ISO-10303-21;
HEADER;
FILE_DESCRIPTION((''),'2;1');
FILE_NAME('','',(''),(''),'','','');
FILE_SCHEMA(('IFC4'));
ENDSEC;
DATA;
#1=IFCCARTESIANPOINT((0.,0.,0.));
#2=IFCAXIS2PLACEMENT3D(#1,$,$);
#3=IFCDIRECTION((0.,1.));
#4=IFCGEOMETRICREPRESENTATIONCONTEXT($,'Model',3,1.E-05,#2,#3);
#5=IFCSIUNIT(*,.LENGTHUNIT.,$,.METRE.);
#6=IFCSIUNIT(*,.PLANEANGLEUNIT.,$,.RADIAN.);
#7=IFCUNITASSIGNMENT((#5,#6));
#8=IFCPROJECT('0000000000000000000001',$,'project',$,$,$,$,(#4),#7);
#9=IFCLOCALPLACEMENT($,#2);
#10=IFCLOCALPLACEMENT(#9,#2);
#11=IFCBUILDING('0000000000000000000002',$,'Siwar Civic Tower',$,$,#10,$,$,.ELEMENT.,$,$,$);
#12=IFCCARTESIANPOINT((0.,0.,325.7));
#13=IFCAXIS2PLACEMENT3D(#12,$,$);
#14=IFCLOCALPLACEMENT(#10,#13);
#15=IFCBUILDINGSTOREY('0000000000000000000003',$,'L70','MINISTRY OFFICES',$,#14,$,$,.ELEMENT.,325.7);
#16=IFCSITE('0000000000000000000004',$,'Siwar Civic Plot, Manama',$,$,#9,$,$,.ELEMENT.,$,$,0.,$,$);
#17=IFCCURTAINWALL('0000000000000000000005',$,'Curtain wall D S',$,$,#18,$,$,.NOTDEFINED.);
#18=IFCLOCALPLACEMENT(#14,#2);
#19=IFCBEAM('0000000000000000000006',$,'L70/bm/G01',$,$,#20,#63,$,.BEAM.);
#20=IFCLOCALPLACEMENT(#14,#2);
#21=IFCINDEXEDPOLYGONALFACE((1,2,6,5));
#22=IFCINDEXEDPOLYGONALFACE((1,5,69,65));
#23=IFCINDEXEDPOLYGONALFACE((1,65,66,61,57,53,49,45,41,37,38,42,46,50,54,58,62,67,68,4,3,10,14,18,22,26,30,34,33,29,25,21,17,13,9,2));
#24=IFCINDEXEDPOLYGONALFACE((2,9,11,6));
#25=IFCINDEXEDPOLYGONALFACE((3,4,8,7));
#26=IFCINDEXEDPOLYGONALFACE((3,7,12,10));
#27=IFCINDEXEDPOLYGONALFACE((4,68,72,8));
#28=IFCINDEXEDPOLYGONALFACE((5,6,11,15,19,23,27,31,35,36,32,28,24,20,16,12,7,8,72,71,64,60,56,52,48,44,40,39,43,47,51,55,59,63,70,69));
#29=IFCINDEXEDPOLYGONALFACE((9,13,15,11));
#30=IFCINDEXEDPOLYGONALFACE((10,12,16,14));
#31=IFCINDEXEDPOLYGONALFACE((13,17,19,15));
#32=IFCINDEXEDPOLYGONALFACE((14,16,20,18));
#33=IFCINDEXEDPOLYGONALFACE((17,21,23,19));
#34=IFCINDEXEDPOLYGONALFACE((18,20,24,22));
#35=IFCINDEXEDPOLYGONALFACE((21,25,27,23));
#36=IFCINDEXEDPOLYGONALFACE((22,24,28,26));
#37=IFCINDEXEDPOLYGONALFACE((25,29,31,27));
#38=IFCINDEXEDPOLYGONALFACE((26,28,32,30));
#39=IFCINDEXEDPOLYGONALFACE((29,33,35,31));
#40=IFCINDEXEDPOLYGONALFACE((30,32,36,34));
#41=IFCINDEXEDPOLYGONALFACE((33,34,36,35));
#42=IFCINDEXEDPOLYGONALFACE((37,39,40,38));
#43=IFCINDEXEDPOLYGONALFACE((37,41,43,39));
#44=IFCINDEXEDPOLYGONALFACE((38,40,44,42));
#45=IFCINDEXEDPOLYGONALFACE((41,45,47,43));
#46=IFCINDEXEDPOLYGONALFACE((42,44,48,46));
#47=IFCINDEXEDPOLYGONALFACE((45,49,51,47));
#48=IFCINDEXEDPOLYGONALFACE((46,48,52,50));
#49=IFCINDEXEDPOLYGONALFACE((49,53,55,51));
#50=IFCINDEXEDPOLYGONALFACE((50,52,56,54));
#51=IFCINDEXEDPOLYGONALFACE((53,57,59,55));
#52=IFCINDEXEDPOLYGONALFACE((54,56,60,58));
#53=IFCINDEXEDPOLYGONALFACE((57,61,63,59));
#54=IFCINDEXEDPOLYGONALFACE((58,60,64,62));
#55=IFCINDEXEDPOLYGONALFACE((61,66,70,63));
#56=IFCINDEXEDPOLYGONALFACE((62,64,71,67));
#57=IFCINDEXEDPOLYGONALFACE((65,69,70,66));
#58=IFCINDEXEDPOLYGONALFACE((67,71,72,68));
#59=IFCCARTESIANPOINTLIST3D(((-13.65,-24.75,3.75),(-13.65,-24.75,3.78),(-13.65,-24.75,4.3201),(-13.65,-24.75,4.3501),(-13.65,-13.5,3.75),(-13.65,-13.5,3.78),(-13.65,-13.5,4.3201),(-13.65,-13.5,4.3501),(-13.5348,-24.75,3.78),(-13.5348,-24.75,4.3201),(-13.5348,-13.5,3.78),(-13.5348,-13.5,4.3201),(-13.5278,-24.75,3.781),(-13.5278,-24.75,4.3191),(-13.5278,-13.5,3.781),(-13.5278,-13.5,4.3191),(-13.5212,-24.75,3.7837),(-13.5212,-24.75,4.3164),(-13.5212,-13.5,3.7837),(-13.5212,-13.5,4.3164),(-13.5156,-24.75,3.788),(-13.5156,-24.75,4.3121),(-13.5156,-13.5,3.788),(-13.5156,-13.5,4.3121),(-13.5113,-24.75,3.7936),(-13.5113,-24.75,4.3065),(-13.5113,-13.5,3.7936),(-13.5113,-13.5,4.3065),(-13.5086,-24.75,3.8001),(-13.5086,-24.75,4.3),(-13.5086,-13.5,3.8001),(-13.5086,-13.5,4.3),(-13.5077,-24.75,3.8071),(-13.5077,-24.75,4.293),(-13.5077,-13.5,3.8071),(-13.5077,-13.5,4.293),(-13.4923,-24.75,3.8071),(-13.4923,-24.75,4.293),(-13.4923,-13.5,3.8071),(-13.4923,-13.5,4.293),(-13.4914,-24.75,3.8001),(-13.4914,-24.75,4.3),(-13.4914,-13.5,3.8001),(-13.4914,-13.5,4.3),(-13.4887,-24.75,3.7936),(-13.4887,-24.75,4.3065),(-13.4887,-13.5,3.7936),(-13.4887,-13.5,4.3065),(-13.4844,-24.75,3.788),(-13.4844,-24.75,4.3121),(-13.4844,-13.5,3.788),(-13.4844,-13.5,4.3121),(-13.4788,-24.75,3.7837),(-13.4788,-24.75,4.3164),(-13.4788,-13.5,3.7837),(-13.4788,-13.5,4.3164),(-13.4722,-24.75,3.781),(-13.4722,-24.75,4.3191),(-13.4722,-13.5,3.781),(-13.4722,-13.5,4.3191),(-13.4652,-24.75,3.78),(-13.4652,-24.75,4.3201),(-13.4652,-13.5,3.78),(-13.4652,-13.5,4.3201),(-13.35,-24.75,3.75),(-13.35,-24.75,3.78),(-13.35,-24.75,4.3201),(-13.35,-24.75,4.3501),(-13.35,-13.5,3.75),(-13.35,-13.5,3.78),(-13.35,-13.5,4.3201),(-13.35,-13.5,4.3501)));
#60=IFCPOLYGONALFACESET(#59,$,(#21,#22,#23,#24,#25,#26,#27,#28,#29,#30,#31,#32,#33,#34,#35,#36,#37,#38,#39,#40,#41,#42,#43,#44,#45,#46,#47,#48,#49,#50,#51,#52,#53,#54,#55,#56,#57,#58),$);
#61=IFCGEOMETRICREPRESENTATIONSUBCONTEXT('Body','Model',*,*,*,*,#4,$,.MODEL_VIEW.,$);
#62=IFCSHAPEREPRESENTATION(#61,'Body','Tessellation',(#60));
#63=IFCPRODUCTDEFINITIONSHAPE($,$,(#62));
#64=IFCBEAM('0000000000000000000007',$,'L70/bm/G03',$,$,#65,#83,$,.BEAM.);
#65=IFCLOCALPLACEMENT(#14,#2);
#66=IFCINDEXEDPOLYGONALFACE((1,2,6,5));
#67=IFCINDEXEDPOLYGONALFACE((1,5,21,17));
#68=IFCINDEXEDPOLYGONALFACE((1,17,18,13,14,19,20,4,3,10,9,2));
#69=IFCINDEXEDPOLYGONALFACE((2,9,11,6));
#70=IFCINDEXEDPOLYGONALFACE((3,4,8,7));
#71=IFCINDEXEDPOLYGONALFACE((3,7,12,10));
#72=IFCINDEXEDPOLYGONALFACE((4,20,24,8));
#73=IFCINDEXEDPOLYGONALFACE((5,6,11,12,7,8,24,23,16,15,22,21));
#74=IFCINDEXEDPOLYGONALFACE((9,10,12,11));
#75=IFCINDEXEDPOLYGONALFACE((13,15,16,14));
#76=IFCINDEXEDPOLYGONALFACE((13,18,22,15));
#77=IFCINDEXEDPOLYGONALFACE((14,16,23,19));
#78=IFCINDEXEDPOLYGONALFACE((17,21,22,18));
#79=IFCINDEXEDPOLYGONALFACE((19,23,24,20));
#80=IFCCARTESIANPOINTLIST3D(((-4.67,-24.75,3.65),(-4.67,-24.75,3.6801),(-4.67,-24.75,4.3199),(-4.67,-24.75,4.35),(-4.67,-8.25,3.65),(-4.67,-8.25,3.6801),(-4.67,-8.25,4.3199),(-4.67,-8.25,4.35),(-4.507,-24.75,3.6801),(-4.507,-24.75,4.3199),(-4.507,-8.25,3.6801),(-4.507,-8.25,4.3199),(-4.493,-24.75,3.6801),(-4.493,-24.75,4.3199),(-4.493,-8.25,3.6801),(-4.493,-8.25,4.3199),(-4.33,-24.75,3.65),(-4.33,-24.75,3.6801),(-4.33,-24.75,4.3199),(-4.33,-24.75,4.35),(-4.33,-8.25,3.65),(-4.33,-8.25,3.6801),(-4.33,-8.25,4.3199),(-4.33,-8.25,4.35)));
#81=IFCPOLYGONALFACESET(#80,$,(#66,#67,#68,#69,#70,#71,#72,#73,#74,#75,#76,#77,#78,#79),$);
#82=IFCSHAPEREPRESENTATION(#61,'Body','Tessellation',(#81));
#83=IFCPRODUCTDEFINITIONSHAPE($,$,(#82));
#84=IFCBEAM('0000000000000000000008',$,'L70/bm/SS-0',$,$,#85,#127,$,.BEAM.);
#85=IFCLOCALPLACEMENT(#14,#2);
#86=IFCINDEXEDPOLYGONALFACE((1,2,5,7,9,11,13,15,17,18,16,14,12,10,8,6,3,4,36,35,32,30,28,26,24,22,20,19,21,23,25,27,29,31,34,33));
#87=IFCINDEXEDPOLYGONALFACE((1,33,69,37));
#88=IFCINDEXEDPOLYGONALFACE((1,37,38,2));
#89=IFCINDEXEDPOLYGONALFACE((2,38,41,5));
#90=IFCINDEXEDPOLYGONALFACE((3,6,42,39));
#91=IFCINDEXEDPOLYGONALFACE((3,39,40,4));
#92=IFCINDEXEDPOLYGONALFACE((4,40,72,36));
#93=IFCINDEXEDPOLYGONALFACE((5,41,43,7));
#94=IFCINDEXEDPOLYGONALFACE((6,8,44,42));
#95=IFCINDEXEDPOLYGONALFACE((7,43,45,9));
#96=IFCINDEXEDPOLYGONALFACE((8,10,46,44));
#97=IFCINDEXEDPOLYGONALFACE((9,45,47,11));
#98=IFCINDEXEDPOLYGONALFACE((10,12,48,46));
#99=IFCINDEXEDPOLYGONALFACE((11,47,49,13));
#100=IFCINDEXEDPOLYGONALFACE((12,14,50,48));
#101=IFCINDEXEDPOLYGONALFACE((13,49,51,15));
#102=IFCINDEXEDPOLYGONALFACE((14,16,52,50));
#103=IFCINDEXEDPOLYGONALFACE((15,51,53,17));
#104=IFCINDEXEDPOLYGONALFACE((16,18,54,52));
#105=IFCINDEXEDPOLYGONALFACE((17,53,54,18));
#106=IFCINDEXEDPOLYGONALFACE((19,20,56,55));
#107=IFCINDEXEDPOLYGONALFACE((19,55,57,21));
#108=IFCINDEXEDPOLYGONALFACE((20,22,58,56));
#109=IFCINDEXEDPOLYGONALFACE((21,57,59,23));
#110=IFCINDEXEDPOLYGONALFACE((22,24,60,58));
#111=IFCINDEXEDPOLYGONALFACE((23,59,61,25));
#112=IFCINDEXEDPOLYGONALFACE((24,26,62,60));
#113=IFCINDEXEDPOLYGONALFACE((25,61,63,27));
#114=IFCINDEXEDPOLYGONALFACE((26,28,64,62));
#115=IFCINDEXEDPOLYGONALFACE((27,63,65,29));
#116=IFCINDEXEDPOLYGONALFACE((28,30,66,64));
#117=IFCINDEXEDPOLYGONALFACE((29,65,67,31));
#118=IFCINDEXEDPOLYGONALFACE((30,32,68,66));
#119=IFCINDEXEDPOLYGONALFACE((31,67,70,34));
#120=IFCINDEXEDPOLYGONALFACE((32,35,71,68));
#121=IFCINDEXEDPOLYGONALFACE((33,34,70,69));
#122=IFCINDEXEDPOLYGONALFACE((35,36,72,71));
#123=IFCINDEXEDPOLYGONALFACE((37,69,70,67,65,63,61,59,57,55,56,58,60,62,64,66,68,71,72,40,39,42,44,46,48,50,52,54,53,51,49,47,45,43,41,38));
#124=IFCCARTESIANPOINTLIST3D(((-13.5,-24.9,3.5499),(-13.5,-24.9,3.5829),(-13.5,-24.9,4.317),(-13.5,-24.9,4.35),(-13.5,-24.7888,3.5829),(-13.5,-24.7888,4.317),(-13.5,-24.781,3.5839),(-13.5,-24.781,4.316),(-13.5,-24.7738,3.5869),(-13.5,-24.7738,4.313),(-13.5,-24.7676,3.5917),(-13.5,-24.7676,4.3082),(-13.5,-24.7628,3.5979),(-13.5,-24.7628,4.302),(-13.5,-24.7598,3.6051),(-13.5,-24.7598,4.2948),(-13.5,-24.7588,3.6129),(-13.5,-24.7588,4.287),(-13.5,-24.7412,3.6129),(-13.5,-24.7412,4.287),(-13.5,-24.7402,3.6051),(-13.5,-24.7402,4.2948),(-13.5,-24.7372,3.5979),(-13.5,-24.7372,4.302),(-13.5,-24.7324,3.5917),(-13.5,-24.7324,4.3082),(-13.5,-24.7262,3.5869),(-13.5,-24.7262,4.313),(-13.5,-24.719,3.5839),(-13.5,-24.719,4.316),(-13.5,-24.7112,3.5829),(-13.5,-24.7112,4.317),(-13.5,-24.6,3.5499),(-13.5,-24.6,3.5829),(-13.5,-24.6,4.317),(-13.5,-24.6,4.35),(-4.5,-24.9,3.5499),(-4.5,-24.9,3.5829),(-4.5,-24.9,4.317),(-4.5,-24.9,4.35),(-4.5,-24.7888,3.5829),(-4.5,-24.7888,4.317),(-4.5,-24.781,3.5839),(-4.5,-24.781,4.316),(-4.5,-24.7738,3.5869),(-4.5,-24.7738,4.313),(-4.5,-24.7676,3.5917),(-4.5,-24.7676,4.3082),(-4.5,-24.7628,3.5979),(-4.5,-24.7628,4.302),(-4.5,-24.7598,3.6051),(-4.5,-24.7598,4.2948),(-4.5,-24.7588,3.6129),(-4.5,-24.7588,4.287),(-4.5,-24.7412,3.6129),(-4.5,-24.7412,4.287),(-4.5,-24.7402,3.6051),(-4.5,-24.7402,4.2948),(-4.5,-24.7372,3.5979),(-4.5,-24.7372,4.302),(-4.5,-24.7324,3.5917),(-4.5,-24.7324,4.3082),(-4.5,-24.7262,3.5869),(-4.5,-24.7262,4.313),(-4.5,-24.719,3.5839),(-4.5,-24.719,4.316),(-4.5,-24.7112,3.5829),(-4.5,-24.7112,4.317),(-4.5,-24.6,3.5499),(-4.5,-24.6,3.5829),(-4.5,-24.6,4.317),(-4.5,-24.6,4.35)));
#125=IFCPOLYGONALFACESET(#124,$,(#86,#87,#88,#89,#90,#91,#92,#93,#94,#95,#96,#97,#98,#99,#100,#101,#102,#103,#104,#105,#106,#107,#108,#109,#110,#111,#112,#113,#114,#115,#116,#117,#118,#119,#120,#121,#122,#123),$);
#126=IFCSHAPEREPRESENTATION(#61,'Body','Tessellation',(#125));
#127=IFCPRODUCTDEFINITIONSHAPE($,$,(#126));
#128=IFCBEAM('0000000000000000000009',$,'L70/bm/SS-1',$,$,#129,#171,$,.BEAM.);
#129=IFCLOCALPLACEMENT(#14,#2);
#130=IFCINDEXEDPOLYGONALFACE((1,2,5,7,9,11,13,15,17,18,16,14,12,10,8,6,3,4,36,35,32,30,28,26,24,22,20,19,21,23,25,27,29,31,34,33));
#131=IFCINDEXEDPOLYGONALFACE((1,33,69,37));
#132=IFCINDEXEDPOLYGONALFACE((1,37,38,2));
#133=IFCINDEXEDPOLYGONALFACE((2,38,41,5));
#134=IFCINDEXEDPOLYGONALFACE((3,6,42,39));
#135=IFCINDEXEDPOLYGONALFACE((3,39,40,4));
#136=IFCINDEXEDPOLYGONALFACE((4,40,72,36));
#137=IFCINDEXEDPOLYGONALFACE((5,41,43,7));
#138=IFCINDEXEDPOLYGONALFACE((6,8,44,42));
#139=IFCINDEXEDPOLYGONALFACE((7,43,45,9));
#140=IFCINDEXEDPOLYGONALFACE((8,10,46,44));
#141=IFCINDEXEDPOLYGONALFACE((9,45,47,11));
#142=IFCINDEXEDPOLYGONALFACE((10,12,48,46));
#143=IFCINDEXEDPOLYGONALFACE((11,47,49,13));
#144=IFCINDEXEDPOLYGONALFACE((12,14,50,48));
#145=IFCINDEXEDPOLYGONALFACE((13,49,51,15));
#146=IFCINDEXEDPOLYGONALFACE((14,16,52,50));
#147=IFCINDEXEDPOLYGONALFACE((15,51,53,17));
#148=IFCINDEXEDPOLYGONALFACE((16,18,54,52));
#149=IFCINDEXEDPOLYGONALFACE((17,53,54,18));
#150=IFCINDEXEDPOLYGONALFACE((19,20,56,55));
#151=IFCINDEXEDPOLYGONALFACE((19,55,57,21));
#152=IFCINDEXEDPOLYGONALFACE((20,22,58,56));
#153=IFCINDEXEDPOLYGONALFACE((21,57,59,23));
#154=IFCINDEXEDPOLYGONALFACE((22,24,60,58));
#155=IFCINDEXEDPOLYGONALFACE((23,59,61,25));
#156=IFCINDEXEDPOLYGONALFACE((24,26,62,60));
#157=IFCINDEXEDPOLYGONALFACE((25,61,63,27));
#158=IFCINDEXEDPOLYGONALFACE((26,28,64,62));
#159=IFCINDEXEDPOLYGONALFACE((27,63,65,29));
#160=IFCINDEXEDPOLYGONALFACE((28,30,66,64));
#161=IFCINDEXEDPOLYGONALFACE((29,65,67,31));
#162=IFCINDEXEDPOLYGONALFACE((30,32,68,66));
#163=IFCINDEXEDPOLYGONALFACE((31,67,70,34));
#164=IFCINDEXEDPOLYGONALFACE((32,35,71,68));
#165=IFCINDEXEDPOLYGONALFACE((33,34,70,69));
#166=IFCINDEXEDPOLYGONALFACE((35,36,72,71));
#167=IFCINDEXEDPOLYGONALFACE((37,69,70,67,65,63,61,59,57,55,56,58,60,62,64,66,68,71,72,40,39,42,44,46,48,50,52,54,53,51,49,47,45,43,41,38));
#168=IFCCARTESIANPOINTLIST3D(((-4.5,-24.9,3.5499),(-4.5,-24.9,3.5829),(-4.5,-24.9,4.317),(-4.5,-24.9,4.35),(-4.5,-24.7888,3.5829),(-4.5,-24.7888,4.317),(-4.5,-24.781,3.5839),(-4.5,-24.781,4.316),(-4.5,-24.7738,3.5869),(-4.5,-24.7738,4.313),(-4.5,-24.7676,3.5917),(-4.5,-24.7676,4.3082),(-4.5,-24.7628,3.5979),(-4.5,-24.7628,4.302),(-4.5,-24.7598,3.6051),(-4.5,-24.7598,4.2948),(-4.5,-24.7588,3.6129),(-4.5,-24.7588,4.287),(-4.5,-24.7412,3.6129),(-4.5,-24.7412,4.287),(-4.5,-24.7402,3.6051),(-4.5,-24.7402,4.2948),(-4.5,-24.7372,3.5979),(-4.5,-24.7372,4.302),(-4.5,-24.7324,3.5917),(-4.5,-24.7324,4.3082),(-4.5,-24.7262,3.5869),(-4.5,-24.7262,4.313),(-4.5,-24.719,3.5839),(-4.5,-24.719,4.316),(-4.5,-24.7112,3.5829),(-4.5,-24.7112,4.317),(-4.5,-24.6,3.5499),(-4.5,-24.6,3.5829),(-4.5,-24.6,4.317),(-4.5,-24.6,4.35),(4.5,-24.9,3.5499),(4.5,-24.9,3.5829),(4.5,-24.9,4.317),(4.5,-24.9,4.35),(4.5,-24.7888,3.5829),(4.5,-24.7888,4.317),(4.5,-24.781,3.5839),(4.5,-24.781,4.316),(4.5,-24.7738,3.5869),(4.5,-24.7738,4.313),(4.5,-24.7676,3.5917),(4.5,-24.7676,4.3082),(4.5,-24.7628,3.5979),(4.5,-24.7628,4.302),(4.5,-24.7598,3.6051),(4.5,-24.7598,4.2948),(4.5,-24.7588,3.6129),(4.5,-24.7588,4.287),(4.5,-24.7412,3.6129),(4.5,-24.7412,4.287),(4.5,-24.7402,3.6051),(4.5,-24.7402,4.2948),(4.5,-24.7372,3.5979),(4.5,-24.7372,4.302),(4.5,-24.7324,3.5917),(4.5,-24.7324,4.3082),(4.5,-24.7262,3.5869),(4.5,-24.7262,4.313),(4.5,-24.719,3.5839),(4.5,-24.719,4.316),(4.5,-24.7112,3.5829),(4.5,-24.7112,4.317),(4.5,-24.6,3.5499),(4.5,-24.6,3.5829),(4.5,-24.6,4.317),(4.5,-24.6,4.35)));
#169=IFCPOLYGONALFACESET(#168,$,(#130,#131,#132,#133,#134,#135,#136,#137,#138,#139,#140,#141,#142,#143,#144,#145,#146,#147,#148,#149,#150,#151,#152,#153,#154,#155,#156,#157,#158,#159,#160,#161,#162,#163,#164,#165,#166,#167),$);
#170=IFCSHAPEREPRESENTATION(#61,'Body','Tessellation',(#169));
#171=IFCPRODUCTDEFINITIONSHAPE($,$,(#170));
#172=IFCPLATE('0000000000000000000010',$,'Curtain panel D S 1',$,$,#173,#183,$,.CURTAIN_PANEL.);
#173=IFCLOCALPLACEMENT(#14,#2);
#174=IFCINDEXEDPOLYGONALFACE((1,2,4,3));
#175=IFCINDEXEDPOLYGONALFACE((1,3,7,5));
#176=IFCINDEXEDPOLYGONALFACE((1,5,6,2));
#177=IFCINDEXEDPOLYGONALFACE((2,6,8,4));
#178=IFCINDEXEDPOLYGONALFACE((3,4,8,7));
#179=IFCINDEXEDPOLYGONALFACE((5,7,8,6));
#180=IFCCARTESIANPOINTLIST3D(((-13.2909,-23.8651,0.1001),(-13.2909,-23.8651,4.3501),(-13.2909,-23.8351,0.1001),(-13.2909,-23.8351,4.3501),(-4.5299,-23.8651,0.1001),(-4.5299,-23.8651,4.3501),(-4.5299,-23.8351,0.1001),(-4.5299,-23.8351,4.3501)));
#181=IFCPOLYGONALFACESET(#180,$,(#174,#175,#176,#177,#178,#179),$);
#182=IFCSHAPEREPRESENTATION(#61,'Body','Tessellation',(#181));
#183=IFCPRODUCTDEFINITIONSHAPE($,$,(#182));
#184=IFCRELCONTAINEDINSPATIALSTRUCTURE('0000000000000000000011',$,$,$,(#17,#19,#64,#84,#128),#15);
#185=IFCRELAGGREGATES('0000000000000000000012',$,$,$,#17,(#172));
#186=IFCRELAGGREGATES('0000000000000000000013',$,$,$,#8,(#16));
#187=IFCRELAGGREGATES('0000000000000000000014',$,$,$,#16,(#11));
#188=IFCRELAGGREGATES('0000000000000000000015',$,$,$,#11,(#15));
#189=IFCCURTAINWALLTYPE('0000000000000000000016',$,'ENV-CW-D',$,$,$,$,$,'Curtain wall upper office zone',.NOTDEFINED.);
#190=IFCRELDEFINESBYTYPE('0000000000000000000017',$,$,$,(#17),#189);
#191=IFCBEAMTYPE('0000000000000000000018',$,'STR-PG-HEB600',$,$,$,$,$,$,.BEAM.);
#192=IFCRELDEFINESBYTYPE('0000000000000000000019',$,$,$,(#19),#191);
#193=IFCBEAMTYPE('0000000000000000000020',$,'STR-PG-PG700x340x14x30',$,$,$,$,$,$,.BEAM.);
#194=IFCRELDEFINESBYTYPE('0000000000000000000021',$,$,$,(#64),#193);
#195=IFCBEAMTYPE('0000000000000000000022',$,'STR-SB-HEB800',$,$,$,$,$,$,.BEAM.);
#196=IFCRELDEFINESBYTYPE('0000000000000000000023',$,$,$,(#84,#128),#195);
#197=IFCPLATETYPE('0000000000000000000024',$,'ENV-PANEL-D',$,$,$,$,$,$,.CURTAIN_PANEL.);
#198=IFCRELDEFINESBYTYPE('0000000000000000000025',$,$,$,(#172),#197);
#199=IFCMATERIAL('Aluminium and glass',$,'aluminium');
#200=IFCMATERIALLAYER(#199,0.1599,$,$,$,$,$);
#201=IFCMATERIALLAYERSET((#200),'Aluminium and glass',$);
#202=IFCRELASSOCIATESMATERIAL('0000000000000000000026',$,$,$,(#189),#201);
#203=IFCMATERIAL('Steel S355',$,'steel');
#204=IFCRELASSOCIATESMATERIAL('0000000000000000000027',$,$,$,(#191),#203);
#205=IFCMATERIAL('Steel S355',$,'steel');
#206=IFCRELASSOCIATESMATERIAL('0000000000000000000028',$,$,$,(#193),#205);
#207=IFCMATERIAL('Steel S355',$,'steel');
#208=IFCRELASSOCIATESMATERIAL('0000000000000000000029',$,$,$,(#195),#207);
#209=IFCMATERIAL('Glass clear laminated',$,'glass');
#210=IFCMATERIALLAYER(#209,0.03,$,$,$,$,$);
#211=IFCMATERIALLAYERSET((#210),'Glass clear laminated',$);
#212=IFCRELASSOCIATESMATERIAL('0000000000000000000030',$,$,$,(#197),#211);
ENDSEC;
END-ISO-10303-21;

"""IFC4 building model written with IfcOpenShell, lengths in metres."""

from ifc_helpers import new_model, si_unit, direction, frame, origin, origin_2d, place, context, subcontext, project, spatial, rectangle, i_section, extrude, material, layer, layer_set, material_profile, profile_set, type_object, element, aggregate, save


model = new_model("IFC4")

# Units and contexts
model_context = context("Model", 3, precision=1e-05, world=origin(), true_north=direction((0.0, 1.0)))
body_context = subcontext(model_context, "Body", "Model", "MODEL_VIEW")
ifc_project = project(units=[si_unit("LENGTHUNIT", "METRE"), si_unit("PLANEANGLEUNIT", "RADIAN")], contexts=[model_context])

# Site, building, storey
site_placement = place(None, origin())
site = spatial("IfcSite", under=ifc_project, at=site_placement, Name="Siwar Civic Plot, Manama", CompositionType="ELEMENT", RefElevation=0.0)
building_placement = place(site_placement, origin())
building = spatial("IfcBuilding", under=site, at=building_placement, Name="Siwar Civic Tower", CompositionType="ELEMENT")
storey_placement = place(building_placement, frame((0.0, 0.0, 325.7)))
storey = spatial("IfcBuildingStorey", under=building, at=storey_placement, Name="L70", Description="MINISTRY OFFICES", CompositionType="ELEMENT", Elevation=325.7)

# Curtain wall
ifc_material_1 = material(Name="Aluminium and glass", Category="aluminium")
ifc_layer_1 = layer(ifc_material_1, 0.1599)
ifc_layer_set_1 = layer_set([ifc_layer_1], Name="Aluminium and glass")
curtain_wall_type = type_object("IfcCurtainWallType", Name="ENV-CW-D", ElementType="Curtain wall upper office zone", PredefinedType="NOTDEFINED", material=ifc_layer_set_1)
curtain_wall_placement = place(storey_placement, origin())
curtain_wall = element("IfcCurtainWall", 1, at=curtain_wall_placement, inside=storey, type_object=curtain_wall_type, Name="Curtain wall D S", PredefinedType="NOTDEFINED")

# Beams
ifc_material_2 = material(Name="Steel S355", Category="steel")
ifc_material_profile_1 = material_profile(ifc_material_2, i_section(OverallWidth=0.3, OverallDepth=0.6001, WebThickness=0.0154, FlangeThickness=0.03, FilletRadius=0.0271, at=origin_2d()), Name="HEB600")
ifc_profile_set_1 = profile_set([ifc_material_profile_1], Name="Steel S355")
beam_type_1 = type_object("IfcBeamType", Name="STR-PG-HEB600", PredefinedType="BEAM", material=ifc_profile_set_1)
beam_1_placement = place(storey_placement, frame((-13.5, -24.75, 4.05), z_axis=(0.0, 1.0, 0.0), x_axis=(-1.0, 0.0, 0.0)))
element("IfcBeam", 2, at=beam_1_placement, inside=storey, type_object=beam_type_1, Name="L70/bm/G01", PredefinedType="BEAM", context=body_context, shape_type="SweptSolid", body=[
    extrude(i_section(OverallWidth=0.3, OverallDepth=0.6001, WebThickness=0.0154, FlangeThickness=0.03, FilletRadius=0.0271, at=origin_2d()), origin(), (0.0, 0.0, 1.0), 11.25),
])
ifc_material_3 = material(Name="Steel S355", Category="steel")
ifc_material_profile_2 = material_profile(ifc_material_3, i_section(OverallWidth=0.3401, OverallDepth=0.7, WebThickness=0.0139, FlangeThickness=0.03, at=origin_2d()), Name="PG700x340x14x30")
ifc_profile_set_2 = profile_set([ifc_material_profile_2], Name="Steel S355")
beam_type_2 = type_object("IfcBeamType", Name="STR-PG-PG700x340x14x30", PredefinedType="BEAM", material=ifc_profile_set_2)
beam_2_placement = place(storey_placement, frame((-4.5, -24.75, 4.0), z_axis=(0.0, 1.0, 0.0), x_axis=(-1.0, 0.0, 0.0)))
element("IfcBeam", 3, at=beam_2_placement, inside=storey, type_object=beam_type_2, Name="L70/bm/G03", PredefinedType="BEAM", context=body_context, shape_type="SweptSolid", body=[
    extrude(i_section(OverallWidth=0.3401, OverallDepth=0.7, WebThickness=0.0139, FlangeThickness=0.03, at=origin_2d()), origin(), (0.0, 0.0, 1.0), 16.5),
])
ifc_material_4 = material(Name="Steel S355", Category="steel")
ifc_material_profile_3 = material_profile(ifc_material_4, i_section(OverallWidth=0.3, OverallDepth=0.8, WebThickness=0.0176, FlangeThickness=0.033, FilletRadius=0.03, at=origin_2d()), Name="HEB800")
ifc_profile_set_3 = profile_set([ifc_material_profile_3], Name="Steel S355")
beam_type_3 = type_object("IfcBeamType", Name="STR-SB-HEB800", PredefinedType="BEAM", material=ifc_profile_set_3)
for number, where, z_axis, x_axis, name in (
    (4, (-13.5, -24.75, 3.95), (1.0, 0.0, 0.0), (0.0, 1.0, 0.0), "L70/bm/SS-0"),
    (5, (-4.5, -24.75, 3.95), (1.0, 0.0, 0.0), (0.0, 1.0, 0.0), "L70/bm/SS-1"),
):
    element("IfcBeam", number, at=place(storey_placement, frame(where, z_axis=z_axis, x_axis=x_axis)), inside=storey, type_object=beam_type_3, Name=name, PredefinedType="BEAM", context=body_context, shape_type="SweptSolid", body=[
        extrude(i_section(OverallWidth=0.3, OverallDepth=0.8, WebThickness=0.0176, FlangeThickness=0.033, FilletRadius=0.03, at=origin_2d()), origin(), (0.0, 0.0, 1.0), 9.0),
    ])

# Plate
ifc_material_5 = material(Name="Glass clear laminated", Category="glass")
ifc_layer_2 = layer(ifc_material_5, 0.03)
ifc_layer_set_2 = layer_set([ifc_layer_2], Name="Glass clear laminated")
plate_type = type_object("IfcPlateType", Name="ENV-PANEL-D", PredefinedType="CURTAIN_PANEL", material=ifc_layer_set_2)
plate_placement = place(storey_placement, frame((-8.9104, -23.8501, 0.1001), z_axis=(0.0, 0.0, 1.0), x_axis=(1.0, 0.0, 0.0)))
plate = element("IfcPlate", 6, at=plate_placement, type_object=plate_type, Name="Curtain panel D S 1", PredefinedType="CURTAIN_PANEL", context=body_context, shape_type="SweptSolid", body=[
    extrude(rectangle(XDim=8.761, YDim=0.03, at=origin_2d()), origin(), (0.0, 0.0, 1.0), 4.25),
])
aggregate(curtain_wall, [plate])

save(model, "model.ifc")
